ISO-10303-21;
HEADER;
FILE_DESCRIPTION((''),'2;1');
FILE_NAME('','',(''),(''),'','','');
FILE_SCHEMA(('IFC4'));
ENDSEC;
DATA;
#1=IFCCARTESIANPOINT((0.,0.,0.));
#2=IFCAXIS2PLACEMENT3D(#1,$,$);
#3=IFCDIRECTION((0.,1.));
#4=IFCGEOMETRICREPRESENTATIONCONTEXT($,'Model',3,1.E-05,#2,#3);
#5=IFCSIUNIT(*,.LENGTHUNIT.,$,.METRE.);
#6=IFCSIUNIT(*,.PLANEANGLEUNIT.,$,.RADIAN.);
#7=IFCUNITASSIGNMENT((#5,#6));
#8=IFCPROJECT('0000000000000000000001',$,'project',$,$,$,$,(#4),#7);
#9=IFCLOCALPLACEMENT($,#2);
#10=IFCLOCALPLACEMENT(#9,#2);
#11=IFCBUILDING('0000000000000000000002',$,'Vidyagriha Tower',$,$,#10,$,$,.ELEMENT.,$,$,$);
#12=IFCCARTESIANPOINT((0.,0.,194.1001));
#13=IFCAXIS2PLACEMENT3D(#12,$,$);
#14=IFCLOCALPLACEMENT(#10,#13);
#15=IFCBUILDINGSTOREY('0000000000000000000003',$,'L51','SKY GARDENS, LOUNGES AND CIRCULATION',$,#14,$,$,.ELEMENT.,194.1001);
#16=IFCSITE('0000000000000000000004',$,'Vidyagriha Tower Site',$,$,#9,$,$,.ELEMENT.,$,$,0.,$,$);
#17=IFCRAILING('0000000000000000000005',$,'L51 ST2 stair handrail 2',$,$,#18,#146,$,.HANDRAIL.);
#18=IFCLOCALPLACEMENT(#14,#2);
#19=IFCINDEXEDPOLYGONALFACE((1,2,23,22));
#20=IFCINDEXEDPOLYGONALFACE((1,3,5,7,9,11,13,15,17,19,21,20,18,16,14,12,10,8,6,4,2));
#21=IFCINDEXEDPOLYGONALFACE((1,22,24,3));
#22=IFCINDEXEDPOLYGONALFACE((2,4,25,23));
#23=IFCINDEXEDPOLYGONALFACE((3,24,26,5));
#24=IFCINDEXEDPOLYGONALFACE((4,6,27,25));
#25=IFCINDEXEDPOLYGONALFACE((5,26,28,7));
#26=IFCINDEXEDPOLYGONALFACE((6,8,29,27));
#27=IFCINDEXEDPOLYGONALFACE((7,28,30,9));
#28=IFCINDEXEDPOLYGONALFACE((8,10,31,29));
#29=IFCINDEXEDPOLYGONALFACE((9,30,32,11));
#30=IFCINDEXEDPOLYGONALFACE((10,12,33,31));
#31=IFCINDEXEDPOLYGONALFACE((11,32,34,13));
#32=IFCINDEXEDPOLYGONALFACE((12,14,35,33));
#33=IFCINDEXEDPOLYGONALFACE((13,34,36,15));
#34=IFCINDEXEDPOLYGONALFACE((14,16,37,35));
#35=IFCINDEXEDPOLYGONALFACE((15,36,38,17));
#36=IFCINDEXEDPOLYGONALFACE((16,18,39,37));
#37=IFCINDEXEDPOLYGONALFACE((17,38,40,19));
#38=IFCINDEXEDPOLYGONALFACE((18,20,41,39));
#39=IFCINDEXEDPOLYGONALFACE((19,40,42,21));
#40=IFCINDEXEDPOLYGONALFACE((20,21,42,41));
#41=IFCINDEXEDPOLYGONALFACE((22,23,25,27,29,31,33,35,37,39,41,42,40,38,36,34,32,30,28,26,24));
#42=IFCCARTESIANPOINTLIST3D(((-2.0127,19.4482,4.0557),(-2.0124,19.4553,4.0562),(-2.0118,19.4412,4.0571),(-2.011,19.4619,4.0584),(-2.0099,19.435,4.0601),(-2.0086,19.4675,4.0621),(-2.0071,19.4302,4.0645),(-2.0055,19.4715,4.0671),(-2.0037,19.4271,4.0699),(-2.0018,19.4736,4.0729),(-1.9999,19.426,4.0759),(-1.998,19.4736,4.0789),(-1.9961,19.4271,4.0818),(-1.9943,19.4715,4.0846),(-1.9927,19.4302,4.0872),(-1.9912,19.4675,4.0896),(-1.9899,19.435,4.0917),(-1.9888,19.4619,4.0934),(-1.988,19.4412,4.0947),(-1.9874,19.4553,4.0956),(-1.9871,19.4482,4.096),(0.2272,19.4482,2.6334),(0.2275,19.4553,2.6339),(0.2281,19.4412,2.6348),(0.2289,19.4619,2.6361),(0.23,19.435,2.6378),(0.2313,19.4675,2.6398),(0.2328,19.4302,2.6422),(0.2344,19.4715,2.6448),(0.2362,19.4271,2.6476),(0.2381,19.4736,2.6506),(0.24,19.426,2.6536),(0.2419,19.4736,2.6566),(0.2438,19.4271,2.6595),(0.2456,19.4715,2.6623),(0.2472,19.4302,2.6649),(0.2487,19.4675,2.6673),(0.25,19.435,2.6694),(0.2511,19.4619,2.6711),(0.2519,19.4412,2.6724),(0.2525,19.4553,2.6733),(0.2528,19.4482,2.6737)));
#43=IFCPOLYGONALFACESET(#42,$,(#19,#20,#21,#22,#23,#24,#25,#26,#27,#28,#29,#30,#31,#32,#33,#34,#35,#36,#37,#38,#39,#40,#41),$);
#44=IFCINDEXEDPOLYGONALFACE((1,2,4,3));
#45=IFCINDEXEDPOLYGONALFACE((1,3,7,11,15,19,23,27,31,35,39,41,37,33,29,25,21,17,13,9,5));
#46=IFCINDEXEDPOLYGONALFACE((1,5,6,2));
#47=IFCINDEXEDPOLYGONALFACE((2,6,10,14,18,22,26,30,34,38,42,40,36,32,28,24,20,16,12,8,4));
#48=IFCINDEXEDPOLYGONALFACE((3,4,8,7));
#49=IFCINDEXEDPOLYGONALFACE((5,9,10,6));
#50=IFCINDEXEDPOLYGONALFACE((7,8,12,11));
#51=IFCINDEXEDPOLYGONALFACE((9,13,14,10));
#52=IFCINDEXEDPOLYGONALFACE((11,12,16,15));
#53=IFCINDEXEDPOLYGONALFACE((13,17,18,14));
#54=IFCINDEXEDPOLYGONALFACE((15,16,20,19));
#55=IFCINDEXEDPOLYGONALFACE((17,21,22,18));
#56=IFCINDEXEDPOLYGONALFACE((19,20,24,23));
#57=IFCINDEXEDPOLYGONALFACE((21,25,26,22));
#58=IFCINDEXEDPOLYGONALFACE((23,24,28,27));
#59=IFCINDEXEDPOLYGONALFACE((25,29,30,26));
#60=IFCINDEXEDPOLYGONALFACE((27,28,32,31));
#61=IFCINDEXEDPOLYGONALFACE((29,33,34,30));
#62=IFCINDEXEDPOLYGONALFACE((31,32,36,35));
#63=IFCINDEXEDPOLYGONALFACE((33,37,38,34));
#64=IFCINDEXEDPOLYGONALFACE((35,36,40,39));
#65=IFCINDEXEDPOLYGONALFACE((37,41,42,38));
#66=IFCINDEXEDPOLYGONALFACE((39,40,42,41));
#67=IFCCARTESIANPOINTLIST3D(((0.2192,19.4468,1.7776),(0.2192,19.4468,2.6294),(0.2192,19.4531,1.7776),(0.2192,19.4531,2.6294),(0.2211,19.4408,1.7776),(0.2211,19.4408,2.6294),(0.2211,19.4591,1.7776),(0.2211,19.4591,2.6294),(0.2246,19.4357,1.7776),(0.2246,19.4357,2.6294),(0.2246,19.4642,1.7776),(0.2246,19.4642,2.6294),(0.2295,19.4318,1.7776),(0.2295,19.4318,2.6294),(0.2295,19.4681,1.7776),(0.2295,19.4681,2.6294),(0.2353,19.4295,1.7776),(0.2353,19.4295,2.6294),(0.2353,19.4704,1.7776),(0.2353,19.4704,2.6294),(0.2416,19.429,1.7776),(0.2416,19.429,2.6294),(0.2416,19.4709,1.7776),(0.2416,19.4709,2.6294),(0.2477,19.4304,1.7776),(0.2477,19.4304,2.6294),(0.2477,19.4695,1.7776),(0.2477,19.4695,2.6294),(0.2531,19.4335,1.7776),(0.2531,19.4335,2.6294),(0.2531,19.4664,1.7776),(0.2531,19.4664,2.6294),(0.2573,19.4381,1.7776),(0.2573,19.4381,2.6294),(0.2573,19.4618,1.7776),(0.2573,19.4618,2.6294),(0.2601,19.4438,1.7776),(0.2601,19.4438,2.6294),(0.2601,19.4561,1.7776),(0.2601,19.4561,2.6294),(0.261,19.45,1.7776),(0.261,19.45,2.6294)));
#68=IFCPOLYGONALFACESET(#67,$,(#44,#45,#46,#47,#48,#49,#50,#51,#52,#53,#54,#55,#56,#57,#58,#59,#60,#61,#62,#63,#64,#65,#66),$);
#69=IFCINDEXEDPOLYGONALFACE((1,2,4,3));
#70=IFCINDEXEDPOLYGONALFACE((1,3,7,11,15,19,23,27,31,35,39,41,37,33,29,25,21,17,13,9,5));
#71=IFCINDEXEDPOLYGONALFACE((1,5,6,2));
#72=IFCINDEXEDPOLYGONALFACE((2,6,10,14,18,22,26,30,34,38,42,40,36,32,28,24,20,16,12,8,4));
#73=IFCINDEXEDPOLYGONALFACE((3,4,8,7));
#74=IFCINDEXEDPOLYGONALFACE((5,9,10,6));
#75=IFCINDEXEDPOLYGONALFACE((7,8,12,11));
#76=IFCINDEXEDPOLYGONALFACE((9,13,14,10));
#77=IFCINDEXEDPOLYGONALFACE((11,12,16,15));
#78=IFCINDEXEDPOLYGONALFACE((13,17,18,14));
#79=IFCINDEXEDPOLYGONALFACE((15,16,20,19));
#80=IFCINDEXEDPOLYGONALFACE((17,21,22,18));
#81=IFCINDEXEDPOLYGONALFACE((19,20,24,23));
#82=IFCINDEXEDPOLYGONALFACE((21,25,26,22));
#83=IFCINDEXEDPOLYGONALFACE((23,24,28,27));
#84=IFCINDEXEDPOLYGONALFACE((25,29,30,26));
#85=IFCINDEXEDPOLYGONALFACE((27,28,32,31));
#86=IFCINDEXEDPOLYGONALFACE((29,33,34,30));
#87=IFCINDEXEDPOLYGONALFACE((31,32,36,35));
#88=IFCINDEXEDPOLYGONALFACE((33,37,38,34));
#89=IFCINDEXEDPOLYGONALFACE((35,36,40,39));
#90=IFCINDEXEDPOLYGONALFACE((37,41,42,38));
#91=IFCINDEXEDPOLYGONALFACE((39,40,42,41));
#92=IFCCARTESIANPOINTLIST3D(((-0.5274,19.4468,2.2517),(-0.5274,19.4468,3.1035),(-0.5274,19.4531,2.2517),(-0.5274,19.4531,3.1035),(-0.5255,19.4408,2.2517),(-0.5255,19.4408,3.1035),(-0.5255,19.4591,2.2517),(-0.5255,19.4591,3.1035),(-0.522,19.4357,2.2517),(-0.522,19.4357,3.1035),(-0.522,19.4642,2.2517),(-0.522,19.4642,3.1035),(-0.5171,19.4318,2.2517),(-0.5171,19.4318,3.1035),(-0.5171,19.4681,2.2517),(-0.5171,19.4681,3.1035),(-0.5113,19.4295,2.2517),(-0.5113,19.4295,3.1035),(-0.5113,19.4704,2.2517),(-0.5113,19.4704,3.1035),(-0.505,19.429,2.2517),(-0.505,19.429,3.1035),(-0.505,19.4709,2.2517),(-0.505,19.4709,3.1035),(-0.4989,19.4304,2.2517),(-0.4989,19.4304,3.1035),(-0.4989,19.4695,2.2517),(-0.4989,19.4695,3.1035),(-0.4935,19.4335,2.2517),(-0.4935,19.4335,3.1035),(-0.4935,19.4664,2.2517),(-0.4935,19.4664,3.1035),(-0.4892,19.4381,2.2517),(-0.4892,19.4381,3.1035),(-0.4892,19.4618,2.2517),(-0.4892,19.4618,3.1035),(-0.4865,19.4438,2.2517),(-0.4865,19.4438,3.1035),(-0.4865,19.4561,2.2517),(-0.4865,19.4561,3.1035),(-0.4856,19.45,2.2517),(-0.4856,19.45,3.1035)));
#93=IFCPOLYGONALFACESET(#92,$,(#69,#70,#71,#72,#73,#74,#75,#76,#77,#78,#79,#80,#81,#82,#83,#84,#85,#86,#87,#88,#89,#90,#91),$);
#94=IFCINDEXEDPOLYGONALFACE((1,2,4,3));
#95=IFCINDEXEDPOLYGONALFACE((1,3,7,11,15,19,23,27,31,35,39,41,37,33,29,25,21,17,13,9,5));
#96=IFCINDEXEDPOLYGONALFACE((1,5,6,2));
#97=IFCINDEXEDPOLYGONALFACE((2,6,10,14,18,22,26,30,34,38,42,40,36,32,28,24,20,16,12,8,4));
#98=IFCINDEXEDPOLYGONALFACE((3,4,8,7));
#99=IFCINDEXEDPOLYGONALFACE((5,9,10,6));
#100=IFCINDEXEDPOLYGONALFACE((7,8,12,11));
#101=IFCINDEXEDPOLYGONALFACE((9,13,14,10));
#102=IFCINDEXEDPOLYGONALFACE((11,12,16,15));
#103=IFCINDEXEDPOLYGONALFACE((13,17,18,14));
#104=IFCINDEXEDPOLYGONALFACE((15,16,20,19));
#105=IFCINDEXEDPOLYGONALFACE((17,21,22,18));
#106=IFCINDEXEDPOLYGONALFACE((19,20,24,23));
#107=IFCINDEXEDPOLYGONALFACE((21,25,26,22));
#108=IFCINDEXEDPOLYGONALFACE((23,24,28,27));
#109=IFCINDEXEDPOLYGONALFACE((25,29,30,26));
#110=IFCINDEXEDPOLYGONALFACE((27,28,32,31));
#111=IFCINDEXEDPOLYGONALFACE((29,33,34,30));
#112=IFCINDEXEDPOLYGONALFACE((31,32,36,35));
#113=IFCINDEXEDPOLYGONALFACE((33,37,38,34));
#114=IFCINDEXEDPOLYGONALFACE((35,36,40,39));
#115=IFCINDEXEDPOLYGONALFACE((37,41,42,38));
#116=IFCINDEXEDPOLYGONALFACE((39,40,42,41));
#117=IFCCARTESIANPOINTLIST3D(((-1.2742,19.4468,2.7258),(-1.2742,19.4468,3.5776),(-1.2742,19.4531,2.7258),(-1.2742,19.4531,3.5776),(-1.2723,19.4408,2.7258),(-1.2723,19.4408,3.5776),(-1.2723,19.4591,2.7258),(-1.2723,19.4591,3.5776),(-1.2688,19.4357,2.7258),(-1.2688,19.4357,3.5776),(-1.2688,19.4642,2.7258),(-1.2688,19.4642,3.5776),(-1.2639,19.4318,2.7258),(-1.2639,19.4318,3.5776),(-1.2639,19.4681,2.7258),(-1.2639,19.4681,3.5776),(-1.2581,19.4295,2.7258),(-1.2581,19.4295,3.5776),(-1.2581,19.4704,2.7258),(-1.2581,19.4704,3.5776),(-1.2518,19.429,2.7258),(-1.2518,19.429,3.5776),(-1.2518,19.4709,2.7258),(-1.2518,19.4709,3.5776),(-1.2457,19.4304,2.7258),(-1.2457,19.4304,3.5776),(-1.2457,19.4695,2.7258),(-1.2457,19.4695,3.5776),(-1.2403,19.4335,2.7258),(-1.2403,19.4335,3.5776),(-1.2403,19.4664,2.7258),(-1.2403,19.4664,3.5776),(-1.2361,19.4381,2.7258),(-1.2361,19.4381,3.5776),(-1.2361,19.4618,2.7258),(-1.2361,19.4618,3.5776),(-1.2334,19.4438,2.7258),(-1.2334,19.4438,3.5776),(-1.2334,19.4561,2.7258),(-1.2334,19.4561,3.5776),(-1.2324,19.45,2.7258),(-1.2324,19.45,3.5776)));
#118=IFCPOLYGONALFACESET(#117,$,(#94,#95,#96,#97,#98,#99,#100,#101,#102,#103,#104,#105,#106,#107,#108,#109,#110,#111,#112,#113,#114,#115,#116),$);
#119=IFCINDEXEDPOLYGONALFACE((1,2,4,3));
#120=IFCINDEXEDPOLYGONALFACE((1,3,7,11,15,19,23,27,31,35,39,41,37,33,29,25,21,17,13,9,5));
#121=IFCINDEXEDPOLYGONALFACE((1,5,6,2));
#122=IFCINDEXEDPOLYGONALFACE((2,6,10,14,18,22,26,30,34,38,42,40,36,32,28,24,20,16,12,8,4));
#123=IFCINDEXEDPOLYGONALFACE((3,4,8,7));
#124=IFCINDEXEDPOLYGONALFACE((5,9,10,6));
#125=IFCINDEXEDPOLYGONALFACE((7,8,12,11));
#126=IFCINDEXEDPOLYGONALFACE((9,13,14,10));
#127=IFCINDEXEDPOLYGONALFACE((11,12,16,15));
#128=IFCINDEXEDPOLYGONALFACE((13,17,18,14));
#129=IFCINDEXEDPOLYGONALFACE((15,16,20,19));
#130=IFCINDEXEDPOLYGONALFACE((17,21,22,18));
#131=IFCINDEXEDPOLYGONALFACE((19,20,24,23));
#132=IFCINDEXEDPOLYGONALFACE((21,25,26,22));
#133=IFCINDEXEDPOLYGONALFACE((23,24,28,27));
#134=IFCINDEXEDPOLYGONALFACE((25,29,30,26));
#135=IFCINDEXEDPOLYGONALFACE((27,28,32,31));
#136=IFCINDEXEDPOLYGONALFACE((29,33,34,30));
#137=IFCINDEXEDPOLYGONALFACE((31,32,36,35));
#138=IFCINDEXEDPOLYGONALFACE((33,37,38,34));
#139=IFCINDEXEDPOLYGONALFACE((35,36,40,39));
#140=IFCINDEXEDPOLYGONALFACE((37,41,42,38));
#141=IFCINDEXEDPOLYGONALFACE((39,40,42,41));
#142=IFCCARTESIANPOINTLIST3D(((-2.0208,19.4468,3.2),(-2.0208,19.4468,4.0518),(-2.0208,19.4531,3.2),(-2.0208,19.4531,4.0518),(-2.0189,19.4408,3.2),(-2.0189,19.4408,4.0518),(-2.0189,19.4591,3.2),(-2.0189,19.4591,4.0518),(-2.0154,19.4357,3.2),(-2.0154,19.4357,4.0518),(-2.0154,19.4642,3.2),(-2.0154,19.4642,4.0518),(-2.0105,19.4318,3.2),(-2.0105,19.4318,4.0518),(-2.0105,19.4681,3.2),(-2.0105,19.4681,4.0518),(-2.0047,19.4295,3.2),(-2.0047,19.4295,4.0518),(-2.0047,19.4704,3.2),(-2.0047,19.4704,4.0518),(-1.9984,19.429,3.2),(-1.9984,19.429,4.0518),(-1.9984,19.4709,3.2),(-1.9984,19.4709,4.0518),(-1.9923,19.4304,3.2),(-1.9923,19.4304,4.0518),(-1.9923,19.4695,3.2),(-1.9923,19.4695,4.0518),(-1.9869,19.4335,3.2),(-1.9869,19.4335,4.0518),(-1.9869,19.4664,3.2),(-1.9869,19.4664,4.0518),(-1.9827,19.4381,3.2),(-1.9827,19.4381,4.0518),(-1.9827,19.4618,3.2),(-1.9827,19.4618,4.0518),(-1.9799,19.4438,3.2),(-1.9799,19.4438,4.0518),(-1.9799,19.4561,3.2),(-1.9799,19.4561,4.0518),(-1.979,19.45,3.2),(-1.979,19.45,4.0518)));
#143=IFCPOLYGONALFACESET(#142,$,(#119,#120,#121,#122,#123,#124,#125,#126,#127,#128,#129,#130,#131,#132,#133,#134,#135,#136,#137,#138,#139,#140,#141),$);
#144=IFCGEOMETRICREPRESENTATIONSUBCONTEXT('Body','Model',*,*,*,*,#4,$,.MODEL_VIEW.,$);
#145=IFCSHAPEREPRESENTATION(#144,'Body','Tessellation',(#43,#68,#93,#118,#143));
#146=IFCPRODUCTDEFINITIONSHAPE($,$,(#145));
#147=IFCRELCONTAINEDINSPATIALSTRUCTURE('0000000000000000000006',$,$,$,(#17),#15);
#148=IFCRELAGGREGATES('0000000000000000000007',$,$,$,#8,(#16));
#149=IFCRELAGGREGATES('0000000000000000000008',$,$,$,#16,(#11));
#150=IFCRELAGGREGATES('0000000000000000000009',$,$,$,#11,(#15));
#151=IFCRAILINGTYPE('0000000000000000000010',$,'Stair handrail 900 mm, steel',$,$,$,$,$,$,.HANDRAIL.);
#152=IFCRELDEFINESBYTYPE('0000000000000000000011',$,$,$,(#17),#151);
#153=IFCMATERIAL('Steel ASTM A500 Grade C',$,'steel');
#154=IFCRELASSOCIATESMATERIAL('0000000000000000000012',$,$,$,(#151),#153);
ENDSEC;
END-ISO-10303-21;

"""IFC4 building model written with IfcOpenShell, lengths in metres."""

from ifc_helpers import new_model, si_unit, direction, frame, origin, origin_2d, place, context, subcontext, project, spatial, circle, extrude, material, type_object, element, save


model = new_model("IFC4")

# Units and contexts
model_context = context("Model", 3, precision=1e-05, world=origin(), true_north=direction((0.0, 1.0)))
body_context = subcontext(model_context, "Body", "Model", "MODEL_VIEW")
ifc_project = project(units=[si_unit("LENGTHUNIT", "METRE"), si_unit("PLANEANGLEUNIT", "RADIAN")], contexts=[model_context])

# Site, building, storey
site_placement = place(None, origin())
site = spatial("IfcSite", under=ifc_project, at=site_placement, Name="Vidyagriha Tower Site", CompositionType="ELEMENT", RefElevation=0.0)
building_placement = place(site_placement, origin())
building = spatial("IfcBuilding", under=site, at=building_placement, Name="Vidyagriha Tower", CompositionType="ELEMENT")
storey_placement = place(building_placement, frame((0.0, 0.0, 194.1001)))
storey = spatial("IfcBuildingStorey", under=building, at=storey_placement, Name="L51", Description="SKY GARDENS, LOUNGES AND CIRCULATION", CompositionType="ELEMENT", Elevation=194.1001)

# Railing
ifc_material_1 = material(Name="Steel ASTM A500 Grade C", Category="steel")
railing_type_1 = type_object("IfcRailingType", Name="Stair handrail 900 mm, steel", PredefinedType="HANDRAIL", material=ifc_material_1)
railing_1_placement = place(storey_placement, frame((0.24, 19.45, 1.7776)))
element("IfcRailing", 1, at=railing_1_placement, inside=storey, type_object=railing_type_1, Name="L51 ST2 stair handrail 2", PredefinedType="HANDRAIL", context=body_context, shape_type="SweptSolid", body=[
    extrude(circle(Radius=0.0239, at=origin_2d()), frame((0.0, 0.0, 0.876), z_axis=(-0.844188, 0.0, 0.536048), x_axis=(0.0, -1.0, 0.0)), (0.0, 0.0, 1.0), 2.6533),
    extrude(circle(Radius=0.021, at=origin_2d()), origin(), (0.0, 0.0, 1.0), 0.8518),
    extrude(circle(Radius=0.021, at=origin_2d()), frame((-0.7466, 0.0, 0.4741)), (0.0, 0.0, 1.0), 0.8518),
    extrude(circle(Radius=0.021, at=origin_2d()), frame((-1.4934, 0.0, 0.9482)), (0.0, 0.0, 1.0), 0.8518),
    extrude(circle(Radius=0.021, at=origin_2d()), frame((-2.24, 0.0, 1.4224)), (0.0, 0.0, 1.0), 0.8518),
])

save(model, "model.ifc")
